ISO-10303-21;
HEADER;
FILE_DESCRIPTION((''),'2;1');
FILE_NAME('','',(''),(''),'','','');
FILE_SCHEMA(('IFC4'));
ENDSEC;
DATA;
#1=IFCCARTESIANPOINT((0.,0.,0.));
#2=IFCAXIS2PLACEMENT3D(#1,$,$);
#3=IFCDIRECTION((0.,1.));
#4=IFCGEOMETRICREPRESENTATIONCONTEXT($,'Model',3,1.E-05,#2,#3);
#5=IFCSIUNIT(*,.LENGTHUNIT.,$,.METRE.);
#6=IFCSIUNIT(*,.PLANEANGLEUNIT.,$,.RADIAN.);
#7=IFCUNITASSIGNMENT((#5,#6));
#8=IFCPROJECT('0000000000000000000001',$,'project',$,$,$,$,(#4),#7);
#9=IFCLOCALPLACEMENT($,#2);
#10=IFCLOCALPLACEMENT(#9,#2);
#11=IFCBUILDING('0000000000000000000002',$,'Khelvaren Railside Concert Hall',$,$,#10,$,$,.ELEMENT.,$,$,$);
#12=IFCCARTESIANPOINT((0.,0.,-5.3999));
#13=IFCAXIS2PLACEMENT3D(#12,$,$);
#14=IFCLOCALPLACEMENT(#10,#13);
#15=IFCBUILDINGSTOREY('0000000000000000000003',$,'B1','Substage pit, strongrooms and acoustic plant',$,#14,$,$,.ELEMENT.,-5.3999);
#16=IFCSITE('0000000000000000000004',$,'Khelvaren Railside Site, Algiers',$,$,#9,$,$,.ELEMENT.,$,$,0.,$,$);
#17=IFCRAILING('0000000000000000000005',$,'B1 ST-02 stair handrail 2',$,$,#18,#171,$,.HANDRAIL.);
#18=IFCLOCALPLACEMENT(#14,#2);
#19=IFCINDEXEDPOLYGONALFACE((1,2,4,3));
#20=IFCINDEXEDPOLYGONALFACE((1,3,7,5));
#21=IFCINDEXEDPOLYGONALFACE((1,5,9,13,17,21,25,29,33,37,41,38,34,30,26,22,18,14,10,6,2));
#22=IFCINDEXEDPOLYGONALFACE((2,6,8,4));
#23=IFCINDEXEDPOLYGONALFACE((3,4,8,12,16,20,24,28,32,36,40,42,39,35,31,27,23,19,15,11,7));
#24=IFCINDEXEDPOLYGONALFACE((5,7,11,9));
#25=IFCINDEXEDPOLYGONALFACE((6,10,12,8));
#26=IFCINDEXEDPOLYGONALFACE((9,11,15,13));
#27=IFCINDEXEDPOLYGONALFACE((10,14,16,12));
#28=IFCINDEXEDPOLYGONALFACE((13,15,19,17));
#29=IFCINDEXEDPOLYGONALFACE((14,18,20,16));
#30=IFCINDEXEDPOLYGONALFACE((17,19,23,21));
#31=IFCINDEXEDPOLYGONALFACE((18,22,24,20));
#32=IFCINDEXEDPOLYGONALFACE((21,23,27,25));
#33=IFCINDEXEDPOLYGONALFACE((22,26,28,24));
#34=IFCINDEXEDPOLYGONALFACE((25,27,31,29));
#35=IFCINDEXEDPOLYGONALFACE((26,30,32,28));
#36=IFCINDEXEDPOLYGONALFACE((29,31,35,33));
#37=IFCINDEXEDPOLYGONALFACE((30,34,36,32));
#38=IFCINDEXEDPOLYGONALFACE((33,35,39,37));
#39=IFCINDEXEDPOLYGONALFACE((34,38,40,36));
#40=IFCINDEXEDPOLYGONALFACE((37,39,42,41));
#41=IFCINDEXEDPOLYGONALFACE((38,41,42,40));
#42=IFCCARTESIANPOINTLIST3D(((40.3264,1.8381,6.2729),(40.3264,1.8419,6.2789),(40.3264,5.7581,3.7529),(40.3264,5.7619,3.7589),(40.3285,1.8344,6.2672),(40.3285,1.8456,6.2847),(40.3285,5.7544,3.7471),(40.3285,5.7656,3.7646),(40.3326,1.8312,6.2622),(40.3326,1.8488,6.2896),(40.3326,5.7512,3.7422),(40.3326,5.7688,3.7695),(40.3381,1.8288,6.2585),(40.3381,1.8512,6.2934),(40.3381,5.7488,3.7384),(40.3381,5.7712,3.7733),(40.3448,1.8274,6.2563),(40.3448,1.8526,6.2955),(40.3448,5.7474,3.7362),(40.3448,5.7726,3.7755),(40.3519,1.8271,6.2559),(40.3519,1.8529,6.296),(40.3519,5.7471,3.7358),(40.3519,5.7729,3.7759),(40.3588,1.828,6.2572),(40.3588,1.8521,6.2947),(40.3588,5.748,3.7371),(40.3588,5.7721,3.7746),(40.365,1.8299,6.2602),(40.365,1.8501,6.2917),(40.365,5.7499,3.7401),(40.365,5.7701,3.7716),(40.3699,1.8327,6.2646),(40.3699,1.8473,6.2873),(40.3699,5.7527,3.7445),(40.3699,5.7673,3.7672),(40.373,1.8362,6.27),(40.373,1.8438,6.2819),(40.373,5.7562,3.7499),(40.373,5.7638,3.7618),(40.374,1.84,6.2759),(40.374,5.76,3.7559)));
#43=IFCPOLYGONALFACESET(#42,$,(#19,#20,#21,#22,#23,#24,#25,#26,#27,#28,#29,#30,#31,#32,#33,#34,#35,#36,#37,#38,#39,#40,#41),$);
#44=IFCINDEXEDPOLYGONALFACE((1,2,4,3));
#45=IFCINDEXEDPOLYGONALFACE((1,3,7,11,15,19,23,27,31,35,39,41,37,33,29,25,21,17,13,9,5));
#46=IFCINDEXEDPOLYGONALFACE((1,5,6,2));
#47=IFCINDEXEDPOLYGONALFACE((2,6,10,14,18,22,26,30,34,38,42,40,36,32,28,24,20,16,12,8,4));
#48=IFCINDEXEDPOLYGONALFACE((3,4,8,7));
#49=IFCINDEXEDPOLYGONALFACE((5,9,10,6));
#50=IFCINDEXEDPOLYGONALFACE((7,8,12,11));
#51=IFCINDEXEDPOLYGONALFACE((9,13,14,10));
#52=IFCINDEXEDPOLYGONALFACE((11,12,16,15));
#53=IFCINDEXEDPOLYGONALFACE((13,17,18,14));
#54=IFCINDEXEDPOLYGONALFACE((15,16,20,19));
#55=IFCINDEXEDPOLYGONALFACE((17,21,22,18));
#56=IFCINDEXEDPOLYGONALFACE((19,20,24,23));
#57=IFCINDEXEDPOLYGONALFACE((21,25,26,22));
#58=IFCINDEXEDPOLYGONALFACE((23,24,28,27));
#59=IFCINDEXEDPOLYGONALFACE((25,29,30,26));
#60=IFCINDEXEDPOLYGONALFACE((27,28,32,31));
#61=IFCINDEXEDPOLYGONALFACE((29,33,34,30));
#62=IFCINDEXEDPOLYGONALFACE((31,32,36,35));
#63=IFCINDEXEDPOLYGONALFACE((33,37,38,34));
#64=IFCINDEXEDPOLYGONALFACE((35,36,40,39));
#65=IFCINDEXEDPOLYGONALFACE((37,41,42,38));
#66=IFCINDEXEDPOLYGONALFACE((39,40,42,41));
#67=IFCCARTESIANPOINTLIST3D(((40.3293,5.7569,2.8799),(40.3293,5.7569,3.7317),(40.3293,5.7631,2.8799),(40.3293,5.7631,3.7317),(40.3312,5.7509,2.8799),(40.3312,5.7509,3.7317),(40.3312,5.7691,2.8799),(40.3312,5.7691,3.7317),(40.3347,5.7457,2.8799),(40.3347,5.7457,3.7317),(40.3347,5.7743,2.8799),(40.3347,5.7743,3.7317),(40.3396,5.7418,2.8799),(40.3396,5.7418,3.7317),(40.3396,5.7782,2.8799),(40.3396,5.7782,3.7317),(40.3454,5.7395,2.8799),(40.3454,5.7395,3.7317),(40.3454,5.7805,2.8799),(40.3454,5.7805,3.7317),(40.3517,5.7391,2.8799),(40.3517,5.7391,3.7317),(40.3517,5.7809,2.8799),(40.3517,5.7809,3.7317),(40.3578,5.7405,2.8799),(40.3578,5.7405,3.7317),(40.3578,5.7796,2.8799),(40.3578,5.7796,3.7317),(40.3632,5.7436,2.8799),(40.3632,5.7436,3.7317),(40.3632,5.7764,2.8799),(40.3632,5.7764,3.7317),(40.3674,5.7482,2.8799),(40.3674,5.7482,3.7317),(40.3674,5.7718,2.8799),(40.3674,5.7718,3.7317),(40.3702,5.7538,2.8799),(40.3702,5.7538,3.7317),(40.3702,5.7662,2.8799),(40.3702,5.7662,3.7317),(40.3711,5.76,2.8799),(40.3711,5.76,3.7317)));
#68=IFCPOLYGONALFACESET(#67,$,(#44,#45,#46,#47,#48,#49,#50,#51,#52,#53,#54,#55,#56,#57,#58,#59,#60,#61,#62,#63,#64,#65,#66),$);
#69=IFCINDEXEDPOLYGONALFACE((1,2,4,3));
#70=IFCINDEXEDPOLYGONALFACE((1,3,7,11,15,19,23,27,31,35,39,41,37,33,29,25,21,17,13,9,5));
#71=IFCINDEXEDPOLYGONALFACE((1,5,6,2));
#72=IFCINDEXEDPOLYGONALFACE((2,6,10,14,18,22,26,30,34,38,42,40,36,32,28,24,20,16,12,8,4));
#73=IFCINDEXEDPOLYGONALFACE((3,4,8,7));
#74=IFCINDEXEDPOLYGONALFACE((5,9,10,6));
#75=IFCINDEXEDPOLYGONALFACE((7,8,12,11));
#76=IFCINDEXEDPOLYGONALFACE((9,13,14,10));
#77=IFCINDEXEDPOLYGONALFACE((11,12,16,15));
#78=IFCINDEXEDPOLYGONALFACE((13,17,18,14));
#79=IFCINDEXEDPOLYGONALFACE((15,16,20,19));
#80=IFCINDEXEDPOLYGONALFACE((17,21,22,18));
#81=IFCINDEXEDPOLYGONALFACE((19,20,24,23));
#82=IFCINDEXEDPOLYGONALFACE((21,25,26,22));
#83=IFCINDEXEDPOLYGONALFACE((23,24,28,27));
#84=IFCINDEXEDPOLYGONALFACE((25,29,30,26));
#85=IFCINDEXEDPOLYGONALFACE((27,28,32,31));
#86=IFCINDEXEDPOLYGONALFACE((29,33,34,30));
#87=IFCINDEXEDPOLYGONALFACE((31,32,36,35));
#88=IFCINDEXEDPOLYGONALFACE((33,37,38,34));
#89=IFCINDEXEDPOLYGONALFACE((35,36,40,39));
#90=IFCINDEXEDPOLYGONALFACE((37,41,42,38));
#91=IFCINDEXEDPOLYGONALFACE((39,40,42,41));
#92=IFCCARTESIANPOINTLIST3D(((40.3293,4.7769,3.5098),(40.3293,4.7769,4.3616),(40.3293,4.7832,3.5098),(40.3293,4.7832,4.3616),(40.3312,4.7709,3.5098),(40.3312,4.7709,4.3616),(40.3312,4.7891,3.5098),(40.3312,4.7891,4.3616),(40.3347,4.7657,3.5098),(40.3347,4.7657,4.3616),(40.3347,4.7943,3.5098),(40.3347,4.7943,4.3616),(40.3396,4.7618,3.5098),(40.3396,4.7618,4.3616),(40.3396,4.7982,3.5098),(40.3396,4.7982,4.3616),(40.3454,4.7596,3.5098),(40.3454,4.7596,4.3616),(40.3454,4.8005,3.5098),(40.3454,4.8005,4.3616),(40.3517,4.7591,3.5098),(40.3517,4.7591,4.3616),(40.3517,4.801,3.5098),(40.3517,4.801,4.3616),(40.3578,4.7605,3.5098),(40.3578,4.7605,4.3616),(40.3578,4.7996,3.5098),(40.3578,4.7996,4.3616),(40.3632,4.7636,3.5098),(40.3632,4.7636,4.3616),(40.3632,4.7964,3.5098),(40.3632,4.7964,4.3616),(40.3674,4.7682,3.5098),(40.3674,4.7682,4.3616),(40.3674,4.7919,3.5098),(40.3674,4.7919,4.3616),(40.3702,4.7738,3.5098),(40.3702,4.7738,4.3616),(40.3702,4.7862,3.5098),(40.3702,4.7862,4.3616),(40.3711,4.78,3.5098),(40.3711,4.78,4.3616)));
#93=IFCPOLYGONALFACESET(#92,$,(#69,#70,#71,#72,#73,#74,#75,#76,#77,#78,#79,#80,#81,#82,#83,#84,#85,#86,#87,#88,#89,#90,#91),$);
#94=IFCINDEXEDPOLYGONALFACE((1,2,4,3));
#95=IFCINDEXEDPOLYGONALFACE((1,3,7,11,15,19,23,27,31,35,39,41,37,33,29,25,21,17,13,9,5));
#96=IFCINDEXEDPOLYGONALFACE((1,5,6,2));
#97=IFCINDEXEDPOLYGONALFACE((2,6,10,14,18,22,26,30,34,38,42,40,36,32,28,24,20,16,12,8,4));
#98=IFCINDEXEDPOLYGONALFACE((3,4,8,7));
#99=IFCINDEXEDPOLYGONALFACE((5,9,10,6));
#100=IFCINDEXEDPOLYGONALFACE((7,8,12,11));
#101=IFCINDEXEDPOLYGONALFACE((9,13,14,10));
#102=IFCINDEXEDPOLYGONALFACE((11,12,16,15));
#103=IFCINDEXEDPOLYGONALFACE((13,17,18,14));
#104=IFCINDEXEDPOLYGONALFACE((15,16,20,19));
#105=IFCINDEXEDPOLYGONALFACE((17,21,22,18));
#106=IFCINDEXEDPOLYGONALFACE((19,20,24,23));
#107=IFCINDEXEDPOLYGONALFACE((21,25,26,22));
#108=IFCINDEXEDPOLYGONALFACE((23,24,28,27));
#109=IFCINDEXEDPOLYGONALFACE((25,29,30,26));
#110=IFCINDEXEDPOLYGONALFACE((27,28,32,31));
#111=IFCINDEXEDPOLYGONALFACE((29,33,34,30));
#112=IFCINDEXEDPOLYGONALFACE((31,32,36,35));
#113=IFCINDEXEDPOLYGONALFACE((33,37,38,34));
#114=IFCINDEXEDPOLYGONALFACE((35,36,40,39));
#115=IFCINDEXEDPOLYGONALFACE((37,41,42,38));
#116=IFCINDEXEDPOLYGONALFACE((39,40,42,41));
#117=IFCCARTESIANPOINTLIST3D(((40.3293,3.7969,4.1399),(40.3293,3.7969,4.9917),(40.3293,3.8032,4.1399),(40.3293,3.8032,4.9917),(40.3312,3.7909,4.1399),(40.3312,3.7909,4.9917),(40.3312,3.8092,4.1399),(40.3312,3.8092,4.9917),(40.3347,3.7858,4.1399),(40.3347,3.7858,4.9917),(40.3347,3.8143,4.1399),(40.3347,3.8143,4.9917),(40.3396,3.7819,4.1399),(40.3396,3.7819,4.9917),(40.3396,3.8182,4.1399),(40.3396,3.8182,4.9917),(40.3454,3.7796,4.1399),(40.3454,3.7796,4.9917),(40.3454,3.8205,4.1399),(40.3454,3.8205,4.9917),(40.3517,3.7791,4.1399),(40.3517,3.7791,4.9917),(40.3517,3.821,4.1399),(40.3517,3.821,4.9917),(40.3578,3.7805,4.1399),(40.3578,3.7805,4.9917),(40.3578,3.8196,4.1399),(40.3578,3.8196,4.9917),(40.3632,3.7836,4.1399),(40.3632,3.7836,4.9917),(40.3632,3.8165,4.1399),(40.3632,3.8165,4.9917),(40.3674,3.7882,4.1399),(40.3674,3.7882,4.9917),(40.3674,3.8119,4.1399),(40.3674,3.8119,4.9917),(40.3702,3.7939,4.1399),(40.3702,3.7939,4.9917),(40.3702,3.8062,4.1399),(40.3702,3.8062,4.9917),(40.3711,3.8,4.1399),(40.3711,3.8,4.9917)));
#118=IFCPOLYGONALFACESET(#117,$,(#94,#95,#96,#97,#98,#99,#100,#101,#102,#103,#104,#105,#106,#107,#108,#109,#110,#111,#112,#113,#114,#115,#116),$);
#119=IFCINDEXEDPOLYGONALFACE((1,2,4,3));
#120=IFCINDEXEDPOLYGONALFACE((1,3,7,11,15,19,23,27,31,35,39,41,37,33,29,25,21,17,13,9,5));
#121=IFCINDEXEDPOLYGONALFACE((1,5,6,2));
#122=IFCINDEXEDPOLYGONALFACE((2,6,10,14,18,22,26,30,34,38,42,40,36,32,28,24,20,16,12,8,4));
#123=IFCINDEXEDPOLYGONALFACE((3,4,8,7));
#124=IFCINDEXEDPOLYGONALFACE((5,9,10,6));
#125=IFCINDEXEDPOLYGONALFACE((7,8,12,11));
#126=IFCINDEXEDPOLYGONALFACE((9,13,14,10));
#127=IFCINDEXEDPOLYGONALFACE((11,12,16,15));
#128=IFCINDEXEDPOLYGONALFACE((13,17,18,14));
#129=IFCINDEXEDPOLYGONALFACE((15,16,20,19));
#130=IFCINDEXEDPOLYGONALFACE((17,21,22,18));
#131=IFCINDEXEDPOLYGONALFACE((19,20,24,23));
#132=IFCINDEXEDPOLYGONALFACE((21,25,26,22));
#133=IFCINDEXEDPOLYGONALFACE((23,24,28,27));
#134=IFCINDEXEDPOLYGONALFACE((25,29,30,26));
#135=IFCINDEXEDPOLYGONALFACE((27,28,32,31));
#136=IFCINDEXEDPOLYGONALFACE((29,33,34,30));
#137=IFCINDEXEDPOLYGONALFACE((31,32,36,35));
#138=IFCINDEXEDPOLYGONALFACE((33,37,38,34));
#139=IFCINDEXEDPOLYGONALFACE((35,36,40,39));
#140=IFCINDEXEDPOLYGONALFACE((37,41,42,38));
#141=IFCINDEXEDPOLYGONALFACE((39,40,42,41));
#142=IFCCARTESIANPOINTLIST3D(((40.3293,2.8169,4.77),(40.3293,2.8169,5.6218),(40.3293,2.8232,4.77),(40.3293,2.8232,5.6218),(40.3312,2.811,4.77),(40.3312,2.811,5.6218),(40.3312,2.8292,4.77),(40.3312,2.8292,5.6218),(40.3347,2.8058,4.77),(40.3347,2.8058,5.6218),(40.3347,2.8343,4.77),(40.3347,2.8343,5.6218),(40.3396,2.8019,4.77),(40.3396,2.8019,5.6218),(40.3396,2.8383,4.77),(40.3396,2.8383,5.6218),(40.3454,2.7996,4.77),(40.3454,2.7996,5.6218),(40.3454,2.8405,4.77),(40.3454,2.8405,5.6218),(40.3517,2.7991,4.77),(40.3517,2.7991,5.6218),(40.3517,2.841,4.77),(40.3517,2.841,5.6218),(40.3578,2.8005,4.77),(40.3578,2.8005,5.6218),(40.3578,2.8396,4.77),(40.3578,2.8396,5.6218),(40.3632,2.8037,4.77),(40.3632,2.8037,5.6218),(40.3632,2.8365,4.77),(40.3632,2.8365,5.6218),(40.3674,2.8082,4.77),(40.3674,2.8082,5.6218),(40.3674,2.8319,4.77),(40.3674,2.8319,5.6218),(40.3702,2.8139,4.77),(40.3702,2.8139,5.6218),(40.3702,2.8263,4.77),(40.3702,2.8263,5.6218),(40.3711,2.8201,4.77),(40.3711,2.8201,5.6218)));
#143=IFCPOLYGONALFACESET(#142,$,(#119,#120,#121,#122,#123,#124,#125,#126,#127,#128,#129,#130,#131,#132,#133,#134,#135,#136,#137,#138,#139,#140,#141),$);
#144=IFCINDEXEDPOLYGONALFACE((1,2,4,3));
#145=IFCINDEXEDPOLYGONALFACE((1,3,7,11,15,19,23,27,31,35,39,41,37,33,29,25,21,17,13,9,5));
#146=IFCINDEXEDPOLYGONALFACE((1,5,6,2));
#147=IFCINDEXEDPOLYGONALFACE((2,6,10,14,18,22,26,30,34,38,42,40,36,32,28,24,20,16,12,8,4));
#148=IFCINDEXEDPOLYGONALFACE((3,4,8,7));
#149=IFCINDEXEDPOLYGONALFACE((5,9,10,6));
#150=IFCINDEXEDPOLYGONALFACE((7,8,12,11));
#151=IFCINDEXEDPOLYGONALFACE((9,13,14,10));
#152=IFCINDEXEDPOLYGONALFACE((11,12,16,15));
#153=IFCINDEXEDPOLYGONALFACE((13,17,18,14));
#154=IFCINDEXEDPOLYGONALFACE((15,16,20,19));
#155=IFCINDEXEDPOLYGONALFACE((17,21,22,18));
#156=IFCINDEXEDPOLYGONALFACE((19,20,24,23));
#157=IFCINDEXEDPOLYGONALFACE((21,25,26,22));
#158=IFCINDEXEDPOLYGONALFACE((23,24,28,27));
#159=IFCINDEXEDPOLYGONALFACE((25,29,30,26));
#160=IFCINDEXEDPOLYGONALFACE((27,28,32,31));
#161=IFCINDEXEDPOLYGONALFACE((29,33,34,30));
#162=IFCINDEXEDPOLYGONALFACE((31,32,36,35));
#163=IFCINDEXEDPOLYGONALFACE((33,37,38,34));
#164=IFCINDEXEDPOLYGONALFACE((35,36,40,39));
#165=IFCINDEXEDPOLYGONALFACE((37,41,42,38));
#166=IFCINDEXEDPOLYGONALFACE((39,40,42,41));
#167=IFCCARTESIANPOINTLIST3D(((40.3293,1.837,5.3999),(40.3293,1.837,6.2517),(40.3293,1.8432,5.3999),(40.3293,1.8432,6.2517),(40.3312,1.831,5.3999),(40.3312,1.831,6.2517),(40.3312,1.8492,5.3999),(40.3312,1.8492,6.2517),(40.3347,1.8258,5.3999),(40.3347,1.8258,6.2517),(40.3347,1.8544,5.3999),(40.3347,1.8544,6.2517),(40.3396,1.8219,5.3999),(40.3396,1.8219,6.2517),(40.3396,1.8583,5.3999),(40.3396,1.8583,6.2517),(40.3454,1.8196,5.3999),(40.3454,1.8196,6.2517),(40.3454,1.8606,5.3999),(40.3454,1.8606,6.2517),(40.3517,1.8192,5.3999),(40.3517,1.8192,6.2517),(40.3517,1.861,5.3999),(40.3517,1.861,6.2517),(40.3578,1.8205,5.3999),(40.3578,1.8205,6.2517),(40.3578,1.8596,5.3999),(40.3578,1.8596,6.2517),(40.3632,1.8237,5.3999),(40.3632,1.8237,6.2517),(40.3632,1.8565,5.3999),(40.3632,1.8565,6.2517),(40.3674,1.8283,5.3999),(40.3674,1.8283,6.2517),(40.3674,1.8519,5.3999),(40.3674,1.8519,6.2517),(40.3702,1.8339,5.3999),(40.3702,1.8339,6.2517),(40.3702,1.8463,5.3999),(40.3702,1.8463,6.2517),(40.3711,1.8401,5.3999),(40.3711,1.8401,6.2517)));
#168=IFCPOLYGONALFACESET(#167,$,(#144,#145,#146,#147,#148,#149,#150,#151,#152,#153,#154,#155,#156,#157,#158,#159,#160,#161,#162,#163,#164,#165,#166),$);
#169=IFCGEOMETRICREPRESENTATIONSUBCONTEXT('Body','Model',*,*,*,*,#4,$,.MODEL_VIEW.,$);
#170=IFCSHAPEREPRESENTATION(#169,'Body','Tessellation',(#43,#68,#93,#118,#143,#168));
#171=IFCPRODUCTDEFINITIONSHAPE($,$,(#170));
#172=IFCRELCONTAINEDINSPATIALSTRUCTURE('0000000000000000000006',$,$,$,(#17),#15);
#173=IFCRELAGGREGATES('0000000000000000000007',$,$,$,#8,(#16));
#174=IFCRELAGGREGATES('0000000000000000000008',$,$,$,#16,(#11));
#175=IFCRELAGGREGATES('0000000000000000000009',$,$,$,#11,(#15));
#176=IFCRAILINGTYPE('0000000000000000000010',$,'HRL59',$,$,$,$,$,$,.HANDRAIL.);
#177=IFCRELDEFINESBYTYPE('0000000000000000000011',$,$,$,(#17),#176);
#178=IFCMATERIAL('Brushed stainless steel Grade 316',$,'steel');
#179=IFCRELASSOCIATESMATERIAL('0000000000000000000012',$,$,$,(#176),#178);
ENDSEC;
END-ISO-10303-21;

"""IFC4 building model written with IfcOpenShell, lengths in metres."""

from ifc_helpers import new_model, si_unit, direction, frame, origin, origin_2d, place, context, subcontext, project, spatial, circle, extrude, material, type_object, element, save


model = new_model("IFC4")

# Units and contexts
model_context = context("Model", 3, precision=1e-05, world=origin(), true_north=direction((0.0, 1.0)))
body_context = subcontext(model_context, "Body", "Model", "MODEL_VIEW")
ifc_project = project(units=[si_unit("LENGTHUNIT", "METRE"), si_unit("PLANEANGLEUNIT", "RADIAN")], contexts=[model_context])

# Site, building, storey
site_placement = place(None, origin())
site = spatial("IfcSite", under=ifc_project, at=site_placement, Name="Khelvaren Railside Site, Algiers", CompositionType="ELEMENT", RefElevation=0.0)
building_placement = place(site_placement, origin())
building = spatial("IfcBuilding", under=site, at=building_placement, Name="Khelvaren Railside Concert Hall", CompositionType="ELEMENT")
storey_placement = place(building_placement, frame((0.0, 0.0, -5.3999)))
storey = spatial("IfcBuildingStorey", under=building, at=storey_placement, Name="B1", Description="Substage pit, strongrooms and acoustic plant", CompositionType="ELEMENT", Elevation=-5.3999)

# Railing
ifc_material_1 = material(Name="Brushed stainless steel Grade 316", Category="steel")
railing_type_1 = type_object("IfcRailingType", Name="HRL59", PredefinedType="HANDRAIL", material=ifc_material_1)
railing_1_placement = place(storey_placement, frame((40.3501, 5.76, 2.8799)))
element("IfcRailing", 1, at=railing_1_placement, inside=storey, type_object=railing_type_1, Name="B1 ST-02 stair handrail 2", PredefinedType="HANDRAIL", context=body_context, shape_type="SweptSolid", body=[
    extrude(circle(Radius=0.0239, at=origin_2d()), frame((0.0, 0.0, 0.876), z_axis=(0.0, -0.841172, 0.540768), x_axis=(1.0, 0.0, 0.0)), (0.0, 0.0, 1.0), 4.6602),
    extrude(circle(Radius=0.021, at=origin_2d()), origin(), (0.0, 0.0, 1.0), 0.8518),
    extrude(circle(Radius=0.021, at=origin_2d()), frame((0.0, -0.98, 0.6299)), (0.0, 0.0, 1.0), 0.8518),
    extrude(circle(Radius=0.021, at=origin_2d()), frame((0.0, -1.96, 1.26)), (0.0, 0.0, 1.0), 0.8518),
    extrude(circle(Radius=0.021, at=origin_2d()), frame((0.0, -2.9399, 1.8901)), (0.0, 0.0, 1.0), 0.8518),
    extrude(circle(Radius=0.021, at=origin_2d()), frame((0.0, -3.9199, 2.52)), (0.0, 0.0, 1.0), 0.8518),
])

save(model, "model.ifc")
